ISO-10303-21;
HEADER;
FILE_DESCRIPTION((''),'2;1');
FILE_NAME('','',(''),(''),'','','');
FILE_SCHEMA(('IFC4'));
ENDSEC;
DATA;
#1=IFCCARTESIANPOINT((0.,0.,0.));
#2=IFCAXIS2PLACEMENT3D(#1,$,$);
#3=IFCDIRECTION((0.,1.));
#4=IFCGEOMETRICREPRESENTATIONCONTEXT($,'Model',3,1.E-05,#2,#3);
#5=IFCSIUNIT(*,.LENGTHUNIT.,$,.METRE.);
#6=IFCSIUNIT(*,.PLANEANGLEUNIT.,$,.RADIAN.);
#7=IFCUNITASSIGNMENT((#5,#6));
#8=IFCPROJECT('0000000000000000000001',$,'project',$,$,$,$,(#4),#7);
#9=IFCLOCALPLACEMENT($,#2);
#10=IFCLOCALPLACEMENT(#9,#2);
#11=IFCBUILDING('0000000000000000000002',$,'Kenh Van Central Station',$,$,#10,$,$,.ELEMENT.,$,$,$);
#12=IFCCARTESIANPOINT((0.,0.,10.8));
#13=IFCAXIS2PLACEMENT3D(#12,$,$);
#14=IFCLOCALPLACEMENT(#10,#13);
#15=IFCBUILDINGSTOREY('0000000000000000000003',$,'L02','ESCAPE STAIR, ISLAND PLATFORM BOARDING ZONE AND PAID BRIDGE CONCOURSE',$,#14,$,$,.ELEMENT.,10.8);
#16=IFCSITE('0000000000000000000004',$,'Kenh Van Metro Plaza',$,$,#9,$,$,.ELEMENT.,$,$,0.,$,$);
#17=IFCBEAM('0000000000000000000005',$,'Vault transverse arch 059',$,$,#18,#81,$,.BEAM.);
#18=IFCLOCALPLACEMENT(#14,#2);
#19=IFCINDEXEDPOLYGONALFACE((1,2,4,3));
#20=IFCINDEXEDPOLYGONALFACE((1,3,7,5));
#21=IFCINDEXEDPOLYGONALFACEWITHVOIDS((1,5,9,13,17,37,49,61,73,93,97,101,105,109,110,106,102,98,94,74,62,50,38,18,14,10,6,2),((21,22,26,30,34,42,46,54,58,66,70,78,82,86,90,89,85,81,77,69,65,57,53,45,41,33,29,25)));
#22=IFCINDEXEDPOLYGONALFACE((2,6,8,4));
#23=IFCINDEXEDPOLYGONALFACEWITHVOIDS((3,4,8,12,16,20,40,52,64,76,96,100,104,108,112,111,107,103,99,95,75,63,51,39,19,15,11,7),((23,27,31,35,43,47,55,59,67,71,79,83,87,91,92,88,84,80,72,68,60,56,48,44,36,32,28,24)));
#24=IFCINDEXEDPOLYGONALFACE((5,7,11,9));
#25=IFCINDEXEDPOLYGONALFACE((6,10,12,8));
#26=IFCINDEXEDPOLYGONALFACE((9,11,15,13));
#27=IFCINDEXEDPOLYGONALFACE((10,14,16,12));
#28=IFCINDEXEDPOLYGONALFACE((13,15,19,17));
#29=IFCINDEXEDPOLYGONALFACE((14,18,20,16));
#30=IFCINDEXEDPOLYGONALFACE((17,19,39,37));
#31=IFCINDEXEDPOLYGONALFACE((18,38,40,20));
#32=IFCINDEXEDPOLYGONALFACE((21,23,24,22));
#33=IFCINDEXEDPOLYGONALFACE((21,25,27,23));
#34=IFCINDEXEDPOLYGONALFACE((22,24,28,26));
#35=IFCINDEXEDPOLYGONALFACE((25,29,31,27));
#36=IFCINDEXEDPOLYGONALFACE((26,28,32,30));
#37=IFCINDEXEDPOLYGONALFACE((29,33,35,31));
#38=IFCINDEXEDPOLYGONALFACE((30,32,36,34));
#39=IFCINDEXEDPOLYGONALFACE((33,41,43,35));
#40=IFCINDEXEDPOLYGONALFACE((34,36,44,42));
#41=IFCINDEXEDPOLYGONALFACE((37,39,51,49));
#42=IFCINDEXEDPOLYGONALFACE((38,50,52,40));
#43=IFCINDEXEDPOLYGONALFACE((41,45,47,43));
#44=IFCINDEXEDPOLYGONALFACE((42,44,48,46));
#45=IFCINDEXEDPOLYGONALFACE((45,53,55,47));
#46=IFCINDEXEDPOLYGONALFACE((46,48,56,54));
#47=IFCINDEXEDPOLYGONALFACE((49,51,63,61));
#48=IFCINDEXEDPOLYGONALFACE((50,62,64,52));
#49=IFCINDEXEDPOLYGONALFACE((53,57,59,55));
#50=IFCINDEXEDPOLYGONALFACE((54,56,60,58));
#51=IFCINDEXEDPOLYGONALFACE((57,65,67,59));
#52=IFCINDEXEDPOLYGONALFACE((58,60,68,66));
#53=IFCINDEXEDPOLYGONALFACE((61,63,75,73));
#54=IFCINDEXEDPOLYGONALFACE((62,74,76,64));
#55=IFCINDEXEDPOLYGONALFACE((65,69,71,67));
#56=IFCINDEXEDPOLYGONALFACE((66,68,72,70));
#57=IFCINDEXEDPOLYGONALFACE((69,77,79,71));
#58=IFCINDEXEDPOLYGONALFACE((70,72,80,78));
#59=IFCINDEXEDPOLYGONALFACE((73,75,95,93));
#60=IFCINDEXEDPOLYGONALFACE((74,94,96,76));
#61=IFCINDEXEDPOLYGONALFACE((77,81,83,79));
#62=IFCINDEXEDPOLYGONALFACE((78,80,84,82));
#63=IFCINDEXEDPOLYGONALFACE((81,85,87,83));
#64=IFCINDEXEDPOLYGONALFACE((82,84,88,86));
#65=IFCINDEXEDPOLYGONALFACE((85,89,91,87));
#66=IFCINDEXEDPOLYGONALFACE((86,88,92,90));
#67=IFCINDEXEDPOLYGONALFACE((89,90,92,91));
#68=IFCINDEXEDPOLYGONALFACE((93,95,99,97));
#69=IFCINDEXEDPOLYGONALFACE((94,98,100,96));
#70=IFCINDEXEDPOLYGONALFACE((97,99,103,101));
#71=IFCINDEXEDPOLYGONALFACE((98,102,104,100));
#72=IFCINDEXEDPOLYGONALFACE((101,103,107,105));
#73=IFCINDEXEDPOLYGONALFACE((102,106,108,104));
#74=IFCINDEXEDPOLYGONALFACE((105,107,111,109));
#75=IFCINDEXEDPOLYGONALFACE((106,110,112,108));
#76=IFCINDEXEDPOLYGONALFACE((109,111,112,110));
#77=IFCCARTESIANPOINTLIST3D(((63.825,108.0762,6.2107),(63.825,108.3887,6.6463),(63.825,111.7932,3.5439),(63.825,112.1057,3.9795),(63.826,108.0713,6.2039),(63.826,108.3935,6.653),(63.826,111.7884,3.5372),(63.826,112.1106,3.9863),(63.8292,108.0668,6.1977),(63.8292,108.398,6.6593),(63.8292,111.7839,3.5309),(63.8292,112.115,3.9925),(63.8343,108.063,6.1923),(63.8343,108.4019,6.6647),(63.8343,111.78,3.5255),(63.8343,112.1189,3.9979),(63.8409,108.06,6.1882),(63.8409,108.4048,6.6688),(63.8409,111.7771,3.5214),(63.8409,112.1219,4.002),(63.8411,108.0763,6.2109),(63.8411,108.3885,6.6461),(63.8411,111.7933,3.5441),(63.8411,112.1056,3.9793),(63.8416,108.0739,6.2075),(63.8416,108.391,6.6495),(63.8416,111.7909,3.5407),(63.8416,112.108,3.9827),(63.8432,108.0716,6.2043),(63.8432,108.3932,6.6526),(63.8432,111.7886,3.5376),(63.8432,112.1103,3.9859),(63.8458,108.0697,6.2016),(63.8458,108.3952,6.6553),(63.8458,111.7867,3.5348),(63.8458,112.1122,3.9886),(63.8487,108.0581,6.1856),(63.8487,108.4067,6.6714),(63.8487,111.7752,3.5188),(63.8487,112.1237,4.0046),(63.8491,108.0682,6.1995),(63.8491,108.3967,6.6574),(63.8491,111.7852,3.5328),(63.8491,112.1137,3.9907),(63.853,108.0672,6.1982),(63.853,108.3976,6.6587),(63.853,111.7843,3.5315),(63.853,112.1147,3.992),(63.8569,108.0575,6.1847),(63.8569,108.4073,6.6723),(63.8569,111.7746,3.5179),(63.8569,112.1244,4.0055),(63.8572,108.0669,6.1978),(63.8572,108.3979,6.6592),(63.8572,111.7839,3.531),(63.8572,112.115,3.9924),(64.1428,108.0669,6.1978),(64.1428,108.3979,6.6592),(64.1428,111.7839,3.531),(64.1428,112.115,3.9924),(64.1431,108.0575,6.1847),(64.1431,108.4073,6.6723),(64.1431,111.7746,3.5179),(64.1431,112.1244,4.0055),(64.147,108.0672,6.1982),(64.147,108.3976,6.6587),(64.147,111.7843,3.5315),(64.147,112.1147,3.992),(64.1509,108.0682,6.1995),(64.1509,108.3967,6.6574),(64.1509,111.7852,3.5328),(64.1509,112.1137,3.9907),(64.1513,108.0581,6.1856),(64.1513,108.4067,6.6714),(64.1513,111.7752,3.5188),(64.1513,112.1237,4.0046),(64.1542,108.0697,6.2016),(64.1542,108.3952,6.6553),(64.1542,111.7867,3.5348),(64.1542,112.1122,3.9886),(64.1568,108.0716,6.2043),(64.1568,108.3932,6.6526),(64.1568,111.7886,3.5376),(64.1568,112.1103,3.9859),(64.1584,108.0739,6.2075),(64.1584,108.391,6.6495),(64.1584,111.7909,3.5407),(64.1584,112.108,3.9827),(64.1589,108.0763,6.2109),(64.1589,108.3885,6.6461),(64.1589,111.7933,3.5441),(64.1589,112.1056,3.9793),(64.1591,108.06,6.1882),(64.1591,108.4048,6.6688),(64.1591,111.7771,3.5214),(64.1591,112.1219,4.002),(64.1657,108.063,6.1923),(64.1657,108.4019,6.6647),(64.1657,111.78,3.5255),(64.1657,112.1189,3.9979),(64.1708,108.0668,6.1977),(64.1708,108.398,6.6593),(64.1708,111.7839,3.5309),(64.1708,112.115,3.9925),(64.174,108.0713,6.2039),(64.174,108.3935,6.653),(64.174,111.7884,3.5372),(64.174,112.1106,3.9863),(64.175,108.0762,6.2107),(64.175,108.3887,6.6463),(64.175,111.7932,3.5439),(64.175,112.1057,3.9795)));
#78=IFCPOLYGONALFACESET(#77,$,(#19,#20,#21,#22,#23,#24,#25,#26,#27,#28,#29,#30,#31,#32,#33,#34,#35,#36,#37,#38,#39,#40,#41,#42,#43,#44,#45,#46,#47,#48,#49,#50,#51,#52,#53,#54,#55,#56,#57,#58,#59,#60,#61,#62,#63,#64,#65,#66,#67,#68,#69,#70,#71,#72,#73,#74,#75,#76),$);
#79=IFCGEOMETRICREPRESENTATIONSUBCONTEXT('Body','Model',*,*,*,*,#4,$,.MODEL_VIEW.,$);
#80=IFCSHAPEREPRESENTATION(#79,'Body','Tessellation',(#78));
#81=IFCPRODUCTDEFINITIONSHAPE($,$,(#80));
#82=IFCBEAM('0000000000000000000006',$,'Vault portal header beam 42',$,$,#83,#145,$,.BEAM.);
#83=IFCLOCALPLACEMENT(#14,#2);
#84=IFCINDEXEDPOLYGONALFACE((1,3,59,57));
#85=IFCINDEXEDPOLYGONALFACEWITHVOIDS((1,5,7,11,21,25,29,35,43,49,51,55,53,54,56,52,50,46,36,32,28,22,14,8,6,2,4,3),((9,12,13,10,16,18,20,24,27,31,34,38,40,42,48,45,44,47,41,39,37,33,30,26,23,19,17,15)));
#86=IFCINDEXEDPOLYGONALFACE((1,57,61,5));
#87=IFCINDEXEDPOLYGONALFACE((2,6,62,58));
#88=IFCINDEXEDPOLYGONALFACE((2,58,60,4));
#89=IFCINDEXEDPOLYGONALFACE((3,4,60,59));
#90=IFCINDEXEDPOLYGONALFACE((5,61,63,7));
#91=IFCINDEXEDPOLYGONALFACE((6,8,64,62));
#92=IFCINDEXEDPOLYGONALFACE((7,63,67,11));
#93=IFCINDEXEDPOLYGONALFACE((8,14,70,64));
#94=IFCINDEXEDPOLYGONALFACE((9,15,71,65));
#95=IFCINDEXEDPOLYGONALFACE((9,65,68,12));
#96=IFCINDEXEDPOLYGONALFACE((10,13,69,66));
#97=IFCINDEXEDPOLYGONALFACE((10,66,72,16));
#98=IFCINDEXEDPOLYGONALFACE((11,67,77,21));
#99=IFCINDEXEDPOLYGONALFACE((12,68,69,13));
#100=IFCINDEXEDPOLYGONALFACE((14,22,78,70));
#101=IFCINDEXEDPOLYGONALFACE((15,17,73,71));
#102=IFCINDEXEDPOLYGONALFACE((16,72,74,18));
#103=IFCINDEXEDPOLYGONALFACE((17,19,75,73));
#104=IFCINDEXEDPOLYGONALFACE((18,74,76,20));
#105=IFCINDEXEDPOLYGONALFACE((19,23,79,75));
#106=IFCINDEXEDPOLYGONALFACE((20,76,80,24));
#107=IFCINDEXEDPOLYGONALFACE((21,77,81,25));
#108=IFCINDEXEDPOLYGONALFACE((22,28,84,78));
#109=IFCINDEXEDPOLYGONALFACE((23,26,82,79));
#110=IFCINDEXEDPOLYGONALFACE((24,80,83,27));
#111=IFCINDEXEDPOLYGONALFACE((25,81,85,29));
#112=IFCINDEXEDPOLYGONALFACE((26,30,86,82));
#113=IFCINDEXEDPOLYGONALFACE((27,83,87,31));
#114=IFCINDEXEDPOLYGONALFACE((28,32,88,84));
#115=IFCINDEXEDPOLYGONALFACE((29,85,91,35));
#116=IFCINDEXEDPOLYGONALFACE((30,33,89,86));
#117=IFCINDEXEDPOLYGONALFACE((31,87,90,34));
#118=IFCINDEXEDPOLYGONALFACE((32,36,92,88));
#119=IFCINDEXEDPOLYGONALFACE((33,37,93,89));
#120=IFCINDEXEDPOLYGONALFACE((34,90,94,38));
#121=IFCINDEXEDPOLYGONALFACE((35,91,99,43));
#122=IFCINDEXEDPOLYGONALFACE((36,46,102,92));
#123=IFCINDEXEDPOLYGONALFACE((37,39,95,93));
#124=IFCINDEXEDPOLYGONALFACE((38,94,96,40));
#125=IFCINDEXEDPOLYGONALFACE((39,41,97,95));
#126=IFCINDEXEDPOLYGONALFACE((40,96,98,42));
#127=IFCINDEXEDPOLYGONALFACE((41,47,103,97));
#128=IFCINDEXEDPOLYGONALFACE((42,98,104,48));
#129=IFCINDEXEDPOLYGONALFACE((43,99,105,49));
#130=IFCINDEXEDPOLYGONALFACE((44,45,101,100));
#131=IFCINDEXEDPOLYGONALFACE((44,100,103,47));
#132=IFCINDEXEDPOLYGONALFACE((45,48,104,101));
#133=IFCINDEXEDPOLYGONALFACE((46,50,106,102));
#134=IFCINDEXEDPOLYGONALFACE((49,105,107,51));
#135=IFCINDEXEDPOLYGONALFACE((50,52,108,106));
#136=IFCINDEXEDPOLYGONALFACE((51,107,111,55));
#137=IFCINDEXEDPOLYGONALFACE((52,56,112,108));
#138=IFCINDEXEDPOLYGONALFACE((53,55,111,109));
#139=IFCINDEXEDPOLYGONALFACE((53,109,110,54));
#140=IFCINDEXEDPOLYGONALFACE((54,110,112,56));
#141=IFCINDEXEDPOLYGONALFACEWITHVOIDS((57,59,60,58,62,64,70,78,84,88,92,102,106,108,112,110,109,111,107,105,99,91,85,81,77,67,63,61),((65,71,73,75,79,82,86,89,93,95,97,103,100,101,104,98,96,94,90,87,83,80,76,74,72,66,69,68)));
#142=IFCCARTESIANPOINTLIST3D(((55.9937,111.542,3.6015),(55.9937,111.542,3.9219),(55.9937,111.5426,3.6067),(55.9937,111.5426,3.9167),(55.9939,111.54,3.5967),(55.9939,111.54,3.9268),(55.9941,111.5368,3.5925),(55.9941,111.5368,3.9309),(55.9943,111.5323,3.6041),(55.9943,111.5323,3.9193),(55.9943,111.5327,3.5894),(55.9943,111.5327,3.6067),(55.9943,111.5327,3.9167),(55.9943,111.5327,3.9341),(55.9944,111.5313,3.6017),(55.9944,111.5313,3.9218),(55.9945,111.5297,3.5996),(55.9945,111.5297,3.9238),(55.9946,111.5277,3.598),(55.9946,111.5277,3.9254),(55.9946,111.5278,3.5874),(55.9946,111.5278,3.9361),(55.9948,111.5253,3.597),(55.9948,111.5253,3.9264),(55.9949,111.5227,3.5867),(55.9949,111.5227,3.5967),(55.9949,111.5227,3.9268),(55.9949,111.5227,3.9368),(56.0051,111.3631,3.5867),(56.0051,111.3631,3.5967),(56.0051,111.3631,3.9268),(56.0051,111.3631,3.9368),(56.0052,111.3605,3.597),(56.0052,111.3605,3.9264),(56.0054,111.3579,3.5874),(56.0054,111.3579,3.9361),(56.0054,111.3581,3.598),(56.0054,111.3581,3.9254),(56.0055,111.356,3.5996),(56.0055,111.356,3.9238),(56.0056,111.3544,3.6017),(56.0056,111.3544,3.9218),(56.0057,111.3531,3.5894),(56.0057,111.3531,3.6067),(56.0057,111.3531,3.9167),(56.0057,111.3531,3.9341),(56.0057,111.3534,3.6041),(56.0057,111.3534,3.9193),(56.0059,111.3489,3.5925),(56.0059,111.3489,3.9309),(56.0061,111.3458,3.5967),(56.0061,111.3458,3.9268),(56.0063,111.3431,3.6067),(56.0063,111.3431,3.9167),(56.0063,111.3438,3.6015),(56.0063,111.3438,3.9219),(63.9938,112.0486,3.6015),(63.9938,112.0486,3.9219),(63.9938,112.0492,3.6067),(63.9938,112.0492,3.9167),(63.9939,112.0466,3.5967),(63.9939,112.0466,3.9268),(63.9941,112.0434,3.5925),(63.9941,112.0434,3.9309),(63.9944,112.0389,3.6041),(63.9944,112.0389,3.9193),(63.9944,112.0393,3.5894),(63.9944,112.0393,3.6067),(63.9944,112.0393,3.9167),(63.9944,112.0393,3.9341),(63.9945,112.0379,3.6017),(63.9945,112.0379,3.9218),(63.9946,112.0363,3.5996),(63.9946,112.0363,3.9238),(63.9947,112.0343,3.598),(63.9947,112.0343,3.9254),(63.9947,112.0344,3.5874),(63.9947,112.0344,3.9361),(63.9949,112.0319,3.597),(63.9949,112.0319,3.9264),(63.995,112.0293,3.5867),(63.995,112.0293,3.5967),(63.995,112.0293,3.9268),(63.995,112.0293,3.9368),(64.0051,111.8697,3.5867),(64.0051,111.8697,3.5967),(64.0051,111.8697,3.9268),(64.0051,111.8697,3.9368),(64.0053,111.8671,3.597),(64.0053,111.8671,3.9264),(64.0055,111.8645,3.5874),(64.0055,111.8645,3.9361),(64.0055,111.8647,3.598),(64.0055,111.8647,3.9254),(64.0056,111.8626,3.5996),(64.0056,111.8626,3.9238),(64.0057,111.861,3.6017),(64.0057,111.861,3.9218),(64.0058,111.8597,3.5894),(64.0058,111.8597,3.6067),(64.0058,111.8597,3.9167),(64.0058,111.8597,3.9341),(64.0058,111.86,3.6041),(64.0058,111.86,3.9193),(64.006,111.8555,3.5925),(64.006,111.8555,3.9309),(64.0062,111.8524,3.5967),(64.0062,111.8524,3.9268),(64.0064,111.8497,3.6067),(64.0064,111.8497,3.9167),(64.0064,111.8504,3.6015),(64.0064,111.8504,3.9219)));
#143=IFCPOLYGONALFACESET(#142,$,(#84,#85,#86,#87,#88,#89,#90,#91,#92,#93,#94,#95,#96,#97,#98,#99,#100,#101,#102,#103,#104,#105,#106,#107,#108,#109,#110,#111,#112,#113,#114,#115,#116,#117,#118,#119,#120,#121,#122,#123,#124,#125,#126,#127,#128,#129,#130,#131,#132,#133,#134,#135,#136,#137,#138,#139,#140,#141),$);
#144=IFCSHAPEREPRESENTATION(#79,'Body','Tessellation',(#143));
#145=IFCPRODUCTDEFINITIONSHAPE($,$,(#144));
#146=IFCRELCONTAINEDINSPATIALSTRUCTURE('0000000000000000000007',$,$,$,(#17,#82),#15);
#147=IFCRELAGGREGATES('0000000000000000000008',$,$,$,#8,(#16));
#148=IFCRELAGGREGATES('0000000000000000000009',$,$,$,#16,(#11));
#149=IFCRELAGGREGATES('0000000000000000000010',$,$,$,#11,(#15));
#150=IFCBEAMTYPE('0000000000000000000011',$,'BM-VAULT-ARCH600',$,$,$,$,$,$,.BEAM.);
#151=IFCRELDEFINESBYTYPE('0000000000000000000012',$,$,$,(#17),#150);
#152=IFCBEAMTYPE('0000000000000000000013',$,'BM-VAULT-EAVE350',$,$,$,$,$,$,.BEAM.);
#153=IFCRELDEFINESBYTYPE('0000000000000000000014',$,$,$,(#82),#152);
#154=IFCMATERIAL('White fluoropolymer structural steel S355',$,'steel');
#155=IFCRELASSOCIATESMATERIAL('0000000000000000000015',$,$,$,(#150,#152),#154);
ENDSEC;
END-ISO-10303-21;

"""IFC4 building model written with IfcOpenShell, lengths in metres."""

from ifc_helpers import new_model, si_unit, direction, frame, origin, origin_2d, place, context, subcontext, project, spatial, hollow_rectangle, extrude, material, material_profile, profile_set, type_object, element, save


model = new_model("IFC4")

# Units and contexts
model_context = context("Model", 3, precision=1e-05, world=origin(), true_north=direction((0.0, 1.0)))
body_context = subcontext(model_context, "Body", "Model", "MODEL_VIEW")
ifc_project = project(units=[si_unit("LENGTHUNIT", "METRE"), si_unit("PLANEANGLEUNIT", "RADIAN")], contexts=[model_context])

# Site, building, storey
site_placement = place(None, origin())
site = spatial("IfcSite", under=ifc_project, at=site_placement, Name="Kenh Van Metro Plaza", CompositionType="ELEMENT", RefElevation=0.0)
building_placement = place(site_placement, origin())
building = spatial("IfcBuilding", under=site, at=building_placement, Name="Kenh Van Central Station", CompositionType="ELEMENT")
storey_placement = place(building_placement, frame((0.0, 0.0, 10.8)))
storey = spatial("IfcBuildingStorey", under=building, at=storey_placement, Name="L02", Description="ESCAPE STAIR, ISLAND PLATFORM BOARDING ZONE AND PAID BRIDGE CONCOURSE", CompositionType="ELEMENT", Elevation=10.8)

# Beams
ifc_material_1 = material(Name="White fluoropolymer structural steel S355", Category="steel")
ifc_material_profile_1 = material_profile(ifc_material_1, hollow_rectangle(XDim=0.3501, YDim=0.6001, WallThickness=0.0161, InnerFilletRadius=0.0161, OuterFilletRadius=0.032, at=origin_2d()), Name="RHS 600x350x16")
ifc_profile_set_1 = profile_set([ifc_material_profile_1], Name="White fluoropolymer structural steel S355")
beam_type_1 = type_object("IfcBeamType", Name="BM-VAULT-ARCH600", PredefinedType="BEAM", material=ifc_profile_set_1)
beam_1_placement = place(storey_placement, frame((64.0, 108.2324, 6.4285), z_axis=(0.0, 0.81252, -0.582933), x_axis=(-1.0, 0.0, 0.0)))
element("IfcBeam", 1, at=beam_1_placement, inside=storey, type_object=beam_type_1, Name="Vault transverse arch 059", PredefinedType="BEAM", context=body_context, shape_type="SweptSolid", body=[
    extrude(hollow_rectangle(XDim=0.3501, YDim=0.6001, WallThickness=0.0161, InnerFilletRadius=0.0161, OuterFilletRadius=0.032, at=origin_2d()), origin(), (0.0, 0.0, 1.0), 4.5747),
])
ifc_material_profile_2 = material_profile(ifc_material_1, hollow_rectangle(XDim=0.2, YDim=0.3501, WallThickness=0.01, InnerFilletRadius=0.01, OuterFilletRadius=0.02, at=origin_2d()), Name="RHS 350x200x10")
ifc_profile_set_2 = profile_set([ifc_material_profile_2], Name="White fluoropolymer structural steel S355")
beam_type_2 = type_object("IfcBeamType", Name="BM-VAULT-EAVE350", PredefinedType="BEAM", material=ifc_profile_set_2)
beam_2_placement = place(storey_placement, frame((56.0, 111.4429, 3.7617), z_axis=(0.998001, 0.063197, 0.0), x_axis=(-0.063197, 0.998001, 0.0)))
element("IfcBeam", 2, at=beam_2_placement, inside=storey, type_object=beam_type_2, Name="Vault portal header beam 42", PredefinedType="BEAM", context=body_context, shape_type="SweptSolid", body=[
    extrude(hollow_rectangle(XDim=0.2, YDim=0.3501, WallThickness=0.01, InnerFilletRadius=0.01, OuterFilletRadius=0.02, at=origin_2d()), origin(), (0.0, 0.0, 1.0), 8.0161),
])

save(model, "model.ifc")
